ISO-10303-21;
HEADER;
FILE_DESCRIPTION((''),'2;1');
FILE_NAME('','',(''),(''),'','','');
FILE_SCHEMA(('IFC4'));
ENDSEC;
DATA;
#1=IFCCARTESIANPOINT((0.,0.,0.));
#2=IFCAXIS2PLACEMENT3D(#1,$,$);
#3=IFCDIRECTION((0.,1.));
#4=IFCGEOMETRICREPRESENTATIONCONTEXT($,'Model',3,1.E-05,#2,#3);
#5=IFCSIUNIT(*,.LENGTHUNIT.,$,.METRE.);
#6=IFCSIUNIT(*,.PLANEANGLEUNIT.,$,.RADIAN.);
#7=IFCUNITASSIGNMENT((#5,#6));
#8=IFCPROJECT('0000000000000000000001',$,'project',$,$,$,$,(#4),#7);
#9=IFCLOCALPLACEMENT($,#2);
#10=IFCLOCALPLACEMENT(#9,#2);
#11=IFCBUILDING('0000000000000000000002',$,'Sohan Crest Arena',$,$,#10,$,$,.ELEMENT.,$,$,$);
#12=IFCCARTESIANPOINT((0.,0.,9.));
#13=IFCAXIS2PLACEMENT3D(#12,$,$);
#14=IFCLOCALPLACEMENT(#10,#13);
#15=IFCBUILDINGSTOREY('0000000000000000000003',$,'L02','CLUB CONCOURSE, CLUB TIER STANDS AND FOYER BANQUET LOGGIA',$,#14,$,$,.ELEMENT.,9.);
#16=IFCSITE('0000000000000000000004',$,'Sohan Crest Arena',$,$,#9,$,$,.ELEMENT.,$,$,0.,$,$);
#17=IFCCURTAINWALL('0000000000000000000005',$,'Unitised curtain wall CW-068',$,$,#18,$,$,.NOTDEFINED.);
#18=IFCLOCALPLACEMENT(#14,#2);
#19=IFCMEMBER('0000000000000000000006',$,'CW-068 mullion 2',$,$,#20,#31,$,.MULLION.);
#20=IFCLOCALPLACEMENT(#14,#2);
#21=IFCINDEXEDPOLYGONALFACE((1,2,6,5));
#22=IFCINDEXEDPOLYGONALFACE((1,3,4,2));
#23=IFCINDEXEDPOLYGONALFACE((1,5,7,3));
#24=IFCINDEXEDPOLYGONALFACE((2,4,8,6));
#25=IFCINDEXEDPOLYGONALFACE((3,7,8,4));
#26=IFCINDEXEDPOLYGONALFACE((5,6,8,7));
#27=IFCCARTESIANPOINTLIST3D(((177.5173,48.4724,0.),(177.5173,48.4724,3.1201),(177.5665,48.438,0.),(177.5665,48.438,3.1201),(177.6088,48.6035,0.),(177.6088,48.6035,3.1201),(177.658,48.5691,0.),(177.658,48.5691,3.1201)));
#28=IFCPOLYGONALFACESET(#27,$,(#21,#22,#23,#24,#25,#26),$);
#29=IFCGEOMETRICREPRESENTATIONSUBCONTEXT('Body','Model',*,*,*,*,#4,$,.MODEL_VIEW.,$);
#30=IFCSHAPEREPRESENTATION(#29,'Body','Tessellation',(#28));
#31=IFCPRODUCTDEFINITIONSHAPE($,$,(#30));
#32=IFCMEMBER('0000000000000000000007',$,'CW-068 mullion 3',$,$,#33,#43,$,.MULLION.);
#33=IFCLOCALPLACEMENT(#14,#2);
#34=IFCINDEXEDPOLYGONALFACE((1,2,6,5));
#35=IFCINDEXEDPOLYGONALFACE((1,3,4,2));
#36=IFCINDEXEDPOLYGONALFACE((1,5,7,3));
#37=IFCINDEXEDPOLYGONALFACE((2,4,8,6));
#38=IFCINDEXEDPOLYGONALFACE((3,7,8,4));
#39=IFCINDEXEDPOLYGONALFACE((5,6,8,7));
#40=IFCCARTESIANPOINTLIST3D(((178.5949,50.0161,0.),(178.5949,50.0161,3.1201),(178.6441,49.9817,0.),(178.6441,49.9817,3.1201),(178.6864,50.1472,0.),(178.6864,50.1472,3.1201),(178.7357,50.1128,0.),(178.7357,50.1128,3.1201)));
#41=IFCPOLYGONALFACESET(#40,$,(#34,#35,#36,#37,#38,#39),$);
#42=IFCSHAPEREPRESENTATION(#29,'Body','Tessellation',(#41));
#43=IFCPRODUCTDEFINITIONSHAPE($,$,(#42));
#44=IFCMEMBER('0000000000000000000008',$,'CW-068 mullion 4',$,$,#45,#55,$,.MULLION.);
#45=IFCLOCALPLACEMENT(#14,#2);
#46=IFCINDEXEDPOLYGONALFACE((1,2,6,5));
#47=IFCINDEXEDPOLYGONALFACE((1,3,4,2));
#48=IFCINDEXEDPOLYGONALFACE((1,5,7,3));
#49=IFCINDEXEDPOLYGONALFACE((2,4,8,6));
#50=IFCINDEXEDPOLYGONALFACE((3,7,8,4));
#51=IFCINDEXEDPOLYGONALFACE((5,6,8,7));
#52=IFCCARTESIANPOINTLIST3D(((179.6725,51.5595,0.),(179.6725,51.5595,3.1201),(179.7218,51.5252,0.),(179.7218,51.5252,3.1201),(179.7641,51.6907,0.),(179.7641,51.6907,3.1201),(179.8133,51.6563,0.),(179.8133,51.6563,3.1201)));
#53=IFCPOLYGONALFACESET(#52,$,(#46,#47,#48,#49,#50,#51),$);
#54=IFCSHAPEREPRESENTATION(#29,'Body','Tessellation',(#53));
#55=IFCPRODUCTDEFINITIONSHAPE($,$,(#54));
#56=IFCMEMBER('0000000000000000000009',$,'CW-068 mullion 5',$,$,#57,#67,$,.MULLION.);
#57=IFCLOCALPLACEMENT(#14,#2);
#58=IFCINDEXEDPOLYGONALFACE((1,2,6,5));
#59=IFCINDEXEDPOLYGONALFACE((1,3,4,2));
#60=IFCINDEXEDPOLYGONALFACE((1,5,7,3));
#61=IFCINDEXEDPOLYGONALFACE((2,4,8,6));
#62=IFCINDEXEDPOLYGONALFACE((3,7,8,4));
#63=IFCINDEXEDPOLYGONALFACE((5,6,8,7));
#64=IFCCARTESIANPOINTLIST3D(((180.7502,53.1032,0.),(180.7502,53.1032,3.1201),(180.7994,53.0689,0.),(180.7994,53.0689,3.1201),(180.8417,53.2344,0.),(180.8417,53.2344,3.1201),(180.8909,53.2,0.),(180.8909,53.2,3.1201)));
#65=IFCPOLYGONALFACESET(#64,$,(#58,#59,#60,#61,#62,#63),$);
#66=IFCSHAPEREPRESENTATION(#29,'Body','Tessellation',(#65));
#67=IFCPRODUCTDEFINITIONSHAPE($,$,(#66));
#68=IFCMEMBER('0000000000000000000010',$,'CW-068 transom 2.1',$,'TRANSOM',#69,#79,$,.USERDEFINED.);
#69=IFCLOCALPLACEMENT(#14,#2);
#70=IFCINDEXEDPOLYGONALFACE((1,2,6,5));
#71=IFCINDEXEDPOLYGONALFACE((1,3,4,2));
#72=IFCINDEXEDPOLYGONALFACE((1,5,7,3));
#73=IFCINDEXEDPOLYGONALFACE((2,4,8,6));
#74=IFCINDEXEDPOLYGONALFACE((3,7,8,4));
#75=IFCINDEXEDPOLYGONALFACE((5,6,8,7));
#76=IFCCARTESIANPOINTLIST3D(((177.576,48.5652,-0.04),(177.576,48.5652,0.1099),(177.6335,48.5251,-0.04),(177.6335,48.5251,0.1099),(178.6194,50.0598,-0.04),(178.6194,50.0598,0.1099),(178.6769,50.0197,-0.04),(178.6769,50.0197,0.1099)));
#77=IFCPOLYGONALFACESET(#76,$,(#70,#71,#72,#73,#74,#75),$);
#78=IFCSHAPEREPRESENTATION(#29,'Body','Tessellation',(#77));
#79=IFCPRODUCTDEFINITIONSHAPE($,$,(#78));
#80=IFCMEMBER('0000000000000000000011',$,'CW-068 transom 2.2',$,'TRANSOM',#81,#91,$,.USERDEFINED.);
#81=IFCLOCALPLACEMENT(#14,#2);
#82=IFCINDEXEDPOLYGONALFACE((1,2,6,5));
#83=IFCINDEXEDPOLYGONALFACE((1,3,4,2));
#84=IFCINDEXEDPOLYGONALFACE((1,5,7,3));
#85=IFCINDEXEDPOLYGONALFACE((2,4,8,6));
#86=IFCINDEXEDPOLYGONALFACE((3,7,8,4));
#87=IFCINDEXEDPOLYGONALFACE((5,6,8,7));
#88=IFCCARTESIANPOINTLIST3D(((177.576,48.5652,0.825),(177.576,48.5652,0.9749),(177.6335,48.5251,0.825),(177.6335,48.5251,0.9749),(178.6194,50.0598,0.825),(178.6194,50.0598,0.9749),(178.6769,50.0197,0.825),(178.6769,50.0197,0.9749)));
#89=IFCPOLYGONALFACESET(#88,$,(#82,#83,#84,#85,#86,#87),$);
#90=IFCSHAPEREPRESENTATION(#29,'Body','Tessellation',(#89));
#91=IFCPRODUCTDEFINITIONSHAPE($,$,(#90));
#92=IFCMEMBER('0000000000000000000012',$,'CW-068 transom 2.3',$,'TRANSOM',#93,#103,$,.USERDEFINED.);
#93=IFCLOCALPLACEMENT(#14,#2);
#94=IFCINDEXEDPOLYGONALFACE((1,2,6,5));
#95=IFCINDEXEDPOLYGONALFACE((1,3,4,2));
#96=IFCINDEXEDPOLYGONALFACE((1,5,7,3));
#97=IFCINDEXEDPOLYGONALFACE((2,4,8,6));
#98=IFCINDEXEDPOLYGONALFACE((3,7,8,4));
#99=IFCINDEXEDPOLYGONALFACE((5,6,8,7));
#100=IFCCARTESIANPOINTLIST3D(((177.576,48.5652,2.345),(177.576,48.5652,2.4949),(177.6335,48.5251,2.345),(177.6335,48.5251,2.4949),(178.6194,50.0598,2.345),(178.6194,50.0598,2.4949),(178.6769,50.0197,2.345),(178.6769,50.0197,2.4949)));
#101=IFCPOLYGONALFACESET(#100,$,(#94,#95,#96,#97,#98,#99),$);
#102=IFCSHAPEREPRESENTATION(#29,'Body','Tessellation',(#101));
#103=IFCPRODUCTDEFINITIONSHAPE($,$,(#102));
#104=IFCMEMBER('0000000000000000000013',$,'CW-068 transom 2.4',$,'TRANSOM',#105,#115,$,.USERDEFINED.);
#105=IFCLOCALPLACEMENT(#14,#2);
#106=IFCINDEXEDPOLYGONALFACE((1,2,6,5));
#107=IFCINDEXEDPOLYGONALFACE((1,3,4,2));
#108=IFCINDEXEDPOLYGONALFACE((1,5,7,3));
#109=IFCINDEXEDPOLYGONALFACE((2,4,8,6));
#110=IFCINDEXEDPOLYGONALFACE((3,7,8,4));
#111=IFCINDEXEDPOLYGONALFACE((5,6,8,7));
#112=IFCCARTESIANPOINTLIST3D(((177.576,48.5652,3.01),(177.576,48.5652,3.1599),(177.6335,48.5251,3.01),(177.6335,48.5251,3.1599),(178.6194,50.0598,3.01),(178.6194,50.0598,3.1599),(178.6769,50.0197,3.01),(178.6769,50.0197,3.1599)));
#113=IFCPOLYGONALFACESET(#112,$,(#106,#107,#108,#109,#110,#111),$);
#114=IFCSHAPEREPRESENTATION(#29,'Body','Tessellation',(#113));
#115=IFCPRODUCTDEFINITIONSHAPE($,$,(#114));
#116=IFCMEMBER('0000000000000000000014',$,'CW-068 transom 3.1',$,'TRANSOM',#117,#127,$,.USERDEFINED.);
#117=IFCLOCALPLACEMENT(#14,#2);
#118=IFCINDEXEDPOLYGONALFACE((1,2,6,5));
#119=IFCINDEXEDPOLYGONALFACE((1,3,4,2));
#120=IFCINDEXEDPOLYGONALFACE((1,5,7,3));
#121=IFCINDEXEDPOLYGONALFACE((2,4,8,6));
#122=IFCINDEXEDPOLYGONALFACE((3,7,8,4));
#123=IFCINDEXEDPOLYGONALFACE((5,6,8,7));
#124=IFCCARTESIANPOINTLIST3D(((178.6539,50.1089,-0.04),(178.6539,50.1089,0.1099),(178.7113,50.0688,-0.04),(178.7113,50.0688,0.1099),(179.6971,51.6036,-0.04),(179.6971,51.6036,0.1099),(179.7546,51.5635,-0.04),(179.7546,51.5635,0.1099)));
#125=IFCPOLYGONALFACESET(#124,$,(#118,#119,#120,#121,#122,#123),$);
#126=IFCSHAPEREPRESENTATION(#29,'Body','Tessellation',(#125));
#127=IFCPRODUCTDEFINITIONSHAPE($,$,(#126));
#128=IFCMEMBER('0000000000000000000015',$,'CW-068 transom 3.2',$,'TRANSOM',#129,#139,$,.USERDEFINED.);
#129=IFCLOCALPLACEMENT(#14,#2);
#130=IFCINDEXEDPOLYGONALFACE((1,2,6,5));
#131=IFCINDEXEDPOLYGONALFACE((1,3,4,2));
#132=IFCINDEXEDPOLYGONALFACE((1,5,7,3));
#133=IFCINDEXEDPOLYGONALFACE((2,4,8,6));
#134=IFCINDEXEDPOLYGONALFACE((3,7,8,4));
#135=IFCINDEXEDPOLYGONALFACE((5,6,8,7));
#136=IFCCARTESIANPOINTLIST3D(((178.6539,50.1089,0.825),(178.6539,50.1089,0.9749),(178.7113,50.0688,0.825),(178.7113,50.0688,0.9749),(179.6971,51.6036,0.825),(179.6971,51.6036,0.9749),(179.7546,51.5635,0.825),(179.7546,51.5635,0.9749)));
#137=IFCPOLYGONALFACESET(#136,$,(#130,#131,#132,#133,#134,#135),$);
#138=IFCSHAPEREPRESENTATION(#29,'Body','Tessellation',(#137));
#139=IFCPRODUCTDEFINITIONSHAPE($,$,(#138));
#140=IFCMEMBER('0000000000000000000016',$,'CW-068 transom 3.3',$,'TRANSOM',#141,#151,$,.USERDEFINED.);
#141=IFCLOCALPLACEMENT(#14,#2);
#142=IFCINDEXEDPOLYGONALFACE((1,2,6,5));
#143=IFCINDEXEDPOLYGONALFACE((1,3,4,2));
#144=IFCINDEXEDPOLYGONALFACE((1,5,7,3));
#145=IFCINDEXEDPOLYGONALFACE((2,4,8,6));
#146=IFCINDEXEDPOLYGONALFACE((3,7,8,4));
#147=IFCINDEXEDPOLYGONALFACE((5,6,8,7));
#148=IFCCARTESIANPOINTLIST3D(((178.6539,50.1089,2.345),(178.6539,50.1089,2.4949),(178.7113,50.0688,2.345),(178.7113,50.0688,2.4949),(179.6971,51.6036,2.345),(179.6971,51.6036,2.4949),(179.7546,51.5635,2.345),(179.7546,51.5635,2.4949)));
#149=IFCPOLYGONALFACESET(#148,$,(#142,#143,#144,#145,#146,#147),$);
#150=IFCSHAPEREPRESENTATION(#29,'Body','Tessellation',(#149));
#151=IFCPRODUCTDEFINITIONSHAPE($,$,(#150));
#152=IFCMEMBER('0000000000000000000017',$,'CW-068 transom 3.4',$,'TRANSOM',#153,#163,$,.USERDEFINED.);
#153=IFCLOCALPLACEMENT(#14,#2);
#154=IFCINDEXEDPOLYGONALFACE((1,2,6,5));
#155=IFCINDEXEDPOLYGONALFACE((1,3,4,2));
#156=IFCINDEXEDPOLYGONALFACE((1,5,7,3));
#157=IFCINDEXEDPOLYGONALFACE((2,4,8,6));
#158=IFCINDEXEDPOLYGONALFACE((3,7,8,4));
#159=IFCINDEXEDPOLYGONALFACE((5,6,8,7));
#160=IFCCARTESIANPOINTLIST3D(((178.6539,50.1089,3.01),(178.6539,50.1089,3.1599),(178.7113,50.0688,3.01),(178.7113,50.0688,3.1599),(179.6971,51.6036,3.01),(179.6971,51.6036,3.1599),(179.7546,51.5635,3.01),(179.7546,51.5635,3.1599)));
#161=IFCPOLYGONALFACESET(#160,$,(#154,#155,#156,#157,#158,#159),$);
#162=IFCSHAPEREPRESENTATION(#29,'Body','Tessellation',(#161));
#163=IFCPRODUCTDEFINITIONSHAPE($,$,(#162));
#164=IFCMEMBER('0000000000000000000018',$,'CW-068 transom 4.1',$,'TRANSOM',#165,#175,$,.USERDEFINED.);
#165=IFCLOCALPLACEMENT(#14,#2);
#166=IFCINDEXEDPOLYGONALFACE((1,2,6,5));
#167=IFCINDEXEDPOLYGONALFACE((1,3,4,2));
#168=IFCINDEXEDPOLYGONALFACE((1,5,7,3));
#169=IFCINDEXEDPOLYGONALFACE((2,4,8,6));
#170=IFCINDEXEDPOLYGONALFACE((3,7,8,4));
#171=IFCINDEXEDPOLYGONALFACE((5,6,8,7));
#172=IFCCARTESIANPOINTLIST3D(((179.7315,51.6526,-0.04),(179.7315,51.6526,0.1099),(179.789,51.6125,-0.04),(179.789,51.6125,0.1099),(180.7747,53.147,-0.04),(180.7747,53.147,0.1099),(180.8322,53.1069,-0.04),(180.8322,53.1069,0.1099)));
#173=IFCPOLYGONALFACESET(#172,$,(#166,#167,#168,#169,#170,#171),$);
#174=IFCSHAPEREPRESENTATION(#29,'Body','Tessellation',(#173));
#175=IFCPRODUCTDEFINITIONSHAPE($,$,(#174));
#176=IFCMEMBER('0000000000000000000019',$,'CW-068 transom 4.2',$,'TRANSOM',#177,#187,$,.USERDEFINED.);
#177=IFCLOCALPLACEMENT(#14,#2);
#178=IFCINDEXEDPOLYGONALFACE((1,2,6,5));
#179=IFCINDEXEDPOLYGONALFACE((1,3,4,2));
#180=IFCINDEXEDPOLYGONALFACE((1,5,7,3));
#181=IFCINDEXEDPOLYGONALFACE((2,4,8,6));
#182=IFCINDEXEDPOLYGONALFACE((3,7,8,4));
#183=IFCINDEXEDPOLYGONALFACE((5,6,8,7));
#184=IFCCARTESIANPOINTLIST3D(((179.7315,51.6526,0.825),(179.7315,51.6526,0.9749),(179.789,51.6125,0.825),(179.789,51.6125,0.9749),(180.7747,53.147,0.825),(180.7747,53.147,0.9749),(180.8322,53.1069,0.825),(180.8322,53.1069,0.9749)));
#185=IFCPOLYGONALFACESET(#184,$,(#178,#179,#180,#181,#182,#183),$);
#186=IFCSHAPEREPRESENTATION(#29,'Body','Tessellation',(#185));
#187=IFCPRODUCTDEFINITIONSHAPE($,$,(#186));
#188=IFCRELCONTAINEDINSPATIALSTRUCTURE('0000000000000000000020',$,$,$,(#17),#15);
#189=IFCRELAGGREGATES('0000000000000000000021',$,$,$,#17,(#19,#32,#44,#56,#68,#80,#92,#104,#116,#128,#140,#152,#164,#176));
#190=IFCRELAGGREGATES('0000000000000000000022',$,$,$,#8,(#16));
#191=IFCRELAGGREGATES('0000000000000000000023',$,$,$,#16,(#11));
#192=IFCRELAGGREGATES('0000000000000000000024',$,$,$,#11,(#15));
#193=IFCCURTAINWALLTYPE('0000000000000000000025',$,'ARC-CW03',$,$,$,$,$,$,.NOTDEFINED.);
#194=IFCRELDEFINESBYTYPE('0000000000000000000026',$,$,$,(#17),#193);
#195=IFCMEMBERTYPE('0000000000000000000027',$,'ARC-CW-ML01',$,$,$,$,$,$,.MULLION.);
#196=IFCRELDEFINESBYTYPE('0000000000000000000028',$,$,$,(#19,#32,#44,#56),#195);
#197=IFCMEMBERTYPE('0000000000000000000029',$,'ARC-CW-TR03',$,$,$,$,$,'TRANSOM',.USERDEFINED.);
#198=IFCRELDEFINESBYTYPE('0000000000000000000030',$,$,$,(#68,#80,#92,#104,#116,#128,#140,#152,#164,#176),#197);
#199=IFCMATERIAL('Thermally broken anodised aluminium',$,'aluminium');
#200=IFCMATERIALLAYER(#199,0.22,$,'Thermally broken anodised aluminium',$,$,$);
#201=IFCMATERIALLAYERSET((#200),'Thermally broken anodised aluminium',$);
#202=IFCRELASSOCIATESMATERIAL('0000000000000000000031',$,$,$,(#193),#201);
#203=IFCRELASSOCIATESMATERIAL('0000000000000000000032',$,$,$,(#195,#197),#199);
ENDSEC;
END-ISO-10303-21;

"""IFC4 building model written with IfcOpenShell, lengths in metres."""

from ifc_helpers import new_model, si_unit, direction, frame, origin, origin_2d, place, context, subcontext, project, spatial, rectangle, extrude, material, layer, layer_set, material_profile, profile_set, type_object, element, aggregate, save


model = new_model("IFC4")

# Units and contexts
model_context = context("Model", 3, precision=1e-05, world=origin(), true_north=direction((0.0, 1.0)))
body_context = subcontext(model_context, "Body", "Model", "MODEL_VIEW")
ifc_project = project(units=[si_unit("LENGTHUNIT", "METRE"), si_unit("PLANEANGLEUNIT", "RADIAN")], contexts=[model_context])

# Site, building, storey
site_placement = place(None, origin())
site = spatial("IfcSite", under=ifc_project, at=site_placement, Name="Sohan Crest Arena", CompositionType="ELEMENT", RefElevation=0.0)
building_placement = place(site_placement, origin())
building = spatial("IfcBuilding", under=site, at=building_placement, Name="Sohan Crest Arena", CompositionType="ELEMENT")
storey_placement = place(building_placement, frame((0.0, 0.0, 9.0)))
storey = spatial("IfcBuildingStorey", under=building, at=storey_placement, Name="L02", Description="CLUB CONCOURSE, CLUB TIER STANDS AND FOYER BANQUET LOGGIA", CompositionType="ELEMENT", Elevation=9.0)

# Curtain wall, members
ifc_material_1 = material(Name="Thermally broken anodised aluminium", Category="aluminium")
ifc_layer_1 = layer(ifc_material_1, 0.22, Name="Thermally broken anodised aluminium")
ifc_layer_set_1 = layer_set([ifc_layer_1], Name="Thermally broken anodised aluminium")
curtain_wall_type = type_object("IfcCurtainWallType", Name="ARC-CW03", PredefinedType="NOTDEFINED", material=ifc_layer_set_1)
curtain_wall_placement = place(storey_placement, origin())
curtain_wall = element("IfcCurtainWall", 1, at=curtain_wall_placement, inside=storey, type_object=curtain_wall_type, Name="Unitised curtain wall CW-068", PredefinedType="NOTDEFINED")
ifc_material_profile_1 = material_profile(ifc_material_1, rectangle(XDim=0.0601, YDim=0.1599, at=origin_2d()), Name="ALU-MULL 60x160")
ifc_profile_set_1 = profile_set([ifc_material_profile_1], Name="Thermally broken anodised aluminium")
member_type_1 = type_object("IfcMemberType", Name="ARC-CW-ML01", PredefinedType="MULLION", material=ifc_profile_set_1)
member_1_placement = place(storey_placement, frame((177.5876, 48.5208, 0.0), z_axis=(0.0, 0.0, 1.0), x_axis=(-0.819955, 0.572428, 0.0)))
member_1 = element("IfcMember", 2, at=member_1_placement, type_object=member_type_1, Name="CW-068 mullion 2", PredefinedType="MULLION", context=body_context, shape_type="SweptSolid", body=[
    extrude(rectangle(XDim=0.0601, YDim=0.1599, at=origin_2d()), origin(), (0.0, 0.0, 1.0), 3.1201),
])
member_2_placement = place(storey_placement, frame((178.6653, 50.0645, 0.0), z_axis=(0.0, 0.0, 1.0), x_axis=(-0.819955, 0.572428, 0.0)))
member_2 = element("IfcMember", 3, at=member_2_placement, type_object=member_type_1, Name="CW-068 mullion 3", PredefinedType="MULLION", context=body_context, shape_type="SweptSolid", body=[
    extrude(rectangle(XDim=0.0601, YDim=0.1599, at=origin_2d()), origin(), (0.0, 0.0, 1.0), 3.1201),
])
member_3_placement = place(storey_placement, frame((179.7429, 51.6079, 0.0), z_axis=(0.0, 0.0, 1.0), x_axis=(-0.819955, 0.572428, 0.0)))
member_3 = element("IfcMember", 4, at=member_3_placement, type_object=member_type_1, Name="CW-068 mullion 4", PredefinedType="MULLION", context=body_context, shape_type="SweptSolid", body=[
    extrude(rectangle(XDim=0.0601, YDim=0.1599, at=origin_2d()), origin(), (0.0, 0.0, 1.0), 3.1201),
])
member_4_placement = place(storey_placement, frame((180.8206, 53.1516, 0.0), z_axis=(0.0, 0.0, 1.0), x_axis=(-0.819955, 0.572428, 0.0)))
member_4 = element("IfcMember", 5, at=member_4_placement, type_object=member_type_1, Name="CW-068 mullion 5", PredefinedType="MULLION", context=body_context, shape_type="SweptSolid", body=[
    extrude(rectangle(XDim=0.0601, YDim=0.1599, at=origin_2d()), origin(), (0.0, 0.0, 1.0), 3.1201),
])
ifc_material_profile_2 = material_profile(ifc_material_1, rectangle(XDim=0.0701, YDim=0.1499, at=origin_2d()), Name="ALU-TRAN 70x150")
ifc_profile_set_2 = profile_set([ifc_material_profile_2], Name="Thermally broken anodised aluminium")
member_type_2 = type_object("IfcMemberType", Name="ARC-CW-TR03", ElementType="TRANSOM", PredefinedType="USERDEFINED", material=ifc_profile_set_2)
member_5_placement = place(storey_placement, frame((177.6047, 48.5452, 0.0349), z_axis=(0.572437, 0.819949, 0.0), x_axis=(-0.819949, 0.572437, 0.0)))
member_5 = element("IfcMember", 6, at=member_5_placement, type_object=member_type_2, Name="CW-068 transom 2.1", ObjectType="TRANSOM", PredefinedType="USERDEFINED", context=body_context, shape_type="SweptSolid", body=[
    extrude(rectangle(XDim=0.0701, YDim=0.1499, at=origin_2d()), origin(), (0.0, 0.0, 1.0), 1.8228),
])
member_6_placement = place(storey_placement, frame((177.6047, 48.5452, 0.8999), z_axis=(0.572437, 0.819949, 0.0), x_axis=(-0.819949, 0.572437, 0.0)))
member_6 = element("IfcMember", 7, at=member_6_placement, type_object=member_type_2, Name="CW-068 transom 2.2", ObjectType="TRANSOM", PredefinedType="USERDEFINED", context=body_context, shape_type="SweptSolid", body=[
    extrude(rectangle(XDim=0.0701, YDim=0.1499, at=origin_2d()), origin(), (0.0, 0.0, 1.0), 1.8228),
])
member_7_placement = place(storey_placement, frame((177.6047, 48.5452, 2.4199), z_axis=(0.572437, 0.819949, 0.0), x_axis=(-0.819949, 0.572437, 0.0)))
member_7 = element("IfcMember", 8, at=member_7_placement, type_object=member_type_2, Name="CW-068 transom 2.3", ObjectType="TRANSOM", PredefinedType="USERDEFINED", context=body_context, shape_type="SweptSolid", body=[
    extrude(rectangle(XDim=0.0701, YDim=0.1499, at=origin_2d()), origin(), (0.0, 0.0, 1.0), 1.8228),
])
member_8_placement = place(storey_placement, frame((177.6047, 48.5452, 3.085), z_axis=(0.572437, 0.819949, 0.0), x_axis=(-0.819949, 0.572437, 0.0)))
member_8 = element("IfcMember", 9, at=member_8_placement, type_object=member_type_2, Name="CW-068 transom 2.4", ObjectType="TRANSOM", PredefinedType="USERDEFINED", context=body_context, shape_type="SweptSolid", body=[
    extrude(rectangle(XDim=0.0701, YDim=0.1499, at=origin_2d()), origin(), (0.0, 0.0, 1.0), 1.8228),
])
member_9_placement = place(storey_placement, frame((178.6826, 50.0889, 0.0349), z_axis=(0.572347, 0.820011, 0.0), x_axis=(-0.820011, 0.572347, 0.0)))
member_9 = element("IfcMember", 10, at=member_9_placement, type_object=member_type_2, Name="CW-068 transom 3.1", ObjectType="TRANSOM", PredefinedType="USERDEFINED", context=body_context, shape_type="SweptSolid", body=[
    extrude(rectangle(XDim=0.0701, YDim=0.1499, at=origin_2d()), origin(), (0.0, 0.0, 1.0), 1.8228),
])
member_10_placement = place(storey_placement, frame((178.6826, 50.0889, 0.8999), z_axis=(0.572347, 0.820011, 0.0), x_axis=(-0.820011, 0.572347, 0.0)))
member_10 = element("IfcMember", 11, at=member_10_placement, type_object=member_type_2, Name="CW-068 transom 3.2", ObjectType="TRANSOM", PredefinedType="USERDEFINED", context=body_context, shape_type="SweptSolid", body=[
    extrude(rectangle(XDim=0.0701, YDim=0.1499, at=origin_2d()), origin(), (0.0, 0.0, 1.0), 1.8228),
])
member_11_placement = place(storey_placement, frame((178.6826, 50.0889, 2.4199), z_axis=(0.572347, 0.820011, 0.0), x_axis=(-0.820011, 0.572347, 0.0)))
member_11 = element("IfcMember", 12, at=member_11_placement, type_object=member_type_2, Name="CW-068 transom 3.3", ObjectType="TRANSOM", PredefinedType="USERDEFINED", context=body_context, shape_type="SweptSolid", body=[
    extrude(rectangle(XDim=0.0701, YDim=0.1499, at=origin_2d()), origin(), (0.0, 0.0, 1.0), 1.8228),
])
member_12_placement = place(storey_placement, frame((178.6826, 50.0889, 3.085), z_axis=(0.572347, 0.820011, 0.0), x_axis=(-0.820011, 0.572347, 0.0)))
member_12 = element("IfcMember", 13, at=member_12_placement, type_object=member_type_2, Name="CW-068 transom 3.4", ObjectType="TRANSOM", PredefinedType="USERDEFINED", context=body_context, shape_type="SweptSolid", body=[
    extrude(rectangle(XDim=0.0701, YDim=0.1499, at=origin_2d()), origin(), (0.0, 0.0, 1.0), 1.8228),
])
member_13_placement = place(storey_placement, frame((179.7603, 51.6326, 0.0349), z_axis=(0.57241, 0.819968, 0.0), x_axis=(-0.819968, 0.57241, 0.0)))
member_13 = element("IfcMember", 14, at=member_13_placement, type_object=member_type_2, Name="CW-068 transom 4.1", ObjectType="TRANSOM", PredefinedType="USERDEFINED", context=body_context, shape_type="SweptSolid", body=[
    extrude(rectangle(XDim=0.0701, YDim=0.1499, at=origin_2d()), origin(), (0.0, 0.0, 1.0), 1.8225),
])
member_14_placement = place(storey_placement, frame((179.7603, 51.6326, 0.8999), z_axis=(0.57241, 0.819968, 0.0), x_axis=(-0.819968, 0.57241, 0.0)))
member_14 = element("IfcMember", 15, at=member_14_placement, type_object=member_type_2, Name="CW-068 transom 4.2", ObjectType="TRANSOM", PredefinedType="USERDEFINED", context=body_context, shape_type="SweptSolid", body=[
    extrude(rectangle(XDim=0.0701, YDim=0.1499, at=origin_2d()), origin(), (0.0, 0.0, 1.0), 1.8225),
])
aggregate(curtain_wall, [member_1, member_2, member_3, member_4, member_5, member_6, member_7, member_8, member_9, member_10, member_11, member_12, member_13, member_14])

save(model, "model.ifc")
